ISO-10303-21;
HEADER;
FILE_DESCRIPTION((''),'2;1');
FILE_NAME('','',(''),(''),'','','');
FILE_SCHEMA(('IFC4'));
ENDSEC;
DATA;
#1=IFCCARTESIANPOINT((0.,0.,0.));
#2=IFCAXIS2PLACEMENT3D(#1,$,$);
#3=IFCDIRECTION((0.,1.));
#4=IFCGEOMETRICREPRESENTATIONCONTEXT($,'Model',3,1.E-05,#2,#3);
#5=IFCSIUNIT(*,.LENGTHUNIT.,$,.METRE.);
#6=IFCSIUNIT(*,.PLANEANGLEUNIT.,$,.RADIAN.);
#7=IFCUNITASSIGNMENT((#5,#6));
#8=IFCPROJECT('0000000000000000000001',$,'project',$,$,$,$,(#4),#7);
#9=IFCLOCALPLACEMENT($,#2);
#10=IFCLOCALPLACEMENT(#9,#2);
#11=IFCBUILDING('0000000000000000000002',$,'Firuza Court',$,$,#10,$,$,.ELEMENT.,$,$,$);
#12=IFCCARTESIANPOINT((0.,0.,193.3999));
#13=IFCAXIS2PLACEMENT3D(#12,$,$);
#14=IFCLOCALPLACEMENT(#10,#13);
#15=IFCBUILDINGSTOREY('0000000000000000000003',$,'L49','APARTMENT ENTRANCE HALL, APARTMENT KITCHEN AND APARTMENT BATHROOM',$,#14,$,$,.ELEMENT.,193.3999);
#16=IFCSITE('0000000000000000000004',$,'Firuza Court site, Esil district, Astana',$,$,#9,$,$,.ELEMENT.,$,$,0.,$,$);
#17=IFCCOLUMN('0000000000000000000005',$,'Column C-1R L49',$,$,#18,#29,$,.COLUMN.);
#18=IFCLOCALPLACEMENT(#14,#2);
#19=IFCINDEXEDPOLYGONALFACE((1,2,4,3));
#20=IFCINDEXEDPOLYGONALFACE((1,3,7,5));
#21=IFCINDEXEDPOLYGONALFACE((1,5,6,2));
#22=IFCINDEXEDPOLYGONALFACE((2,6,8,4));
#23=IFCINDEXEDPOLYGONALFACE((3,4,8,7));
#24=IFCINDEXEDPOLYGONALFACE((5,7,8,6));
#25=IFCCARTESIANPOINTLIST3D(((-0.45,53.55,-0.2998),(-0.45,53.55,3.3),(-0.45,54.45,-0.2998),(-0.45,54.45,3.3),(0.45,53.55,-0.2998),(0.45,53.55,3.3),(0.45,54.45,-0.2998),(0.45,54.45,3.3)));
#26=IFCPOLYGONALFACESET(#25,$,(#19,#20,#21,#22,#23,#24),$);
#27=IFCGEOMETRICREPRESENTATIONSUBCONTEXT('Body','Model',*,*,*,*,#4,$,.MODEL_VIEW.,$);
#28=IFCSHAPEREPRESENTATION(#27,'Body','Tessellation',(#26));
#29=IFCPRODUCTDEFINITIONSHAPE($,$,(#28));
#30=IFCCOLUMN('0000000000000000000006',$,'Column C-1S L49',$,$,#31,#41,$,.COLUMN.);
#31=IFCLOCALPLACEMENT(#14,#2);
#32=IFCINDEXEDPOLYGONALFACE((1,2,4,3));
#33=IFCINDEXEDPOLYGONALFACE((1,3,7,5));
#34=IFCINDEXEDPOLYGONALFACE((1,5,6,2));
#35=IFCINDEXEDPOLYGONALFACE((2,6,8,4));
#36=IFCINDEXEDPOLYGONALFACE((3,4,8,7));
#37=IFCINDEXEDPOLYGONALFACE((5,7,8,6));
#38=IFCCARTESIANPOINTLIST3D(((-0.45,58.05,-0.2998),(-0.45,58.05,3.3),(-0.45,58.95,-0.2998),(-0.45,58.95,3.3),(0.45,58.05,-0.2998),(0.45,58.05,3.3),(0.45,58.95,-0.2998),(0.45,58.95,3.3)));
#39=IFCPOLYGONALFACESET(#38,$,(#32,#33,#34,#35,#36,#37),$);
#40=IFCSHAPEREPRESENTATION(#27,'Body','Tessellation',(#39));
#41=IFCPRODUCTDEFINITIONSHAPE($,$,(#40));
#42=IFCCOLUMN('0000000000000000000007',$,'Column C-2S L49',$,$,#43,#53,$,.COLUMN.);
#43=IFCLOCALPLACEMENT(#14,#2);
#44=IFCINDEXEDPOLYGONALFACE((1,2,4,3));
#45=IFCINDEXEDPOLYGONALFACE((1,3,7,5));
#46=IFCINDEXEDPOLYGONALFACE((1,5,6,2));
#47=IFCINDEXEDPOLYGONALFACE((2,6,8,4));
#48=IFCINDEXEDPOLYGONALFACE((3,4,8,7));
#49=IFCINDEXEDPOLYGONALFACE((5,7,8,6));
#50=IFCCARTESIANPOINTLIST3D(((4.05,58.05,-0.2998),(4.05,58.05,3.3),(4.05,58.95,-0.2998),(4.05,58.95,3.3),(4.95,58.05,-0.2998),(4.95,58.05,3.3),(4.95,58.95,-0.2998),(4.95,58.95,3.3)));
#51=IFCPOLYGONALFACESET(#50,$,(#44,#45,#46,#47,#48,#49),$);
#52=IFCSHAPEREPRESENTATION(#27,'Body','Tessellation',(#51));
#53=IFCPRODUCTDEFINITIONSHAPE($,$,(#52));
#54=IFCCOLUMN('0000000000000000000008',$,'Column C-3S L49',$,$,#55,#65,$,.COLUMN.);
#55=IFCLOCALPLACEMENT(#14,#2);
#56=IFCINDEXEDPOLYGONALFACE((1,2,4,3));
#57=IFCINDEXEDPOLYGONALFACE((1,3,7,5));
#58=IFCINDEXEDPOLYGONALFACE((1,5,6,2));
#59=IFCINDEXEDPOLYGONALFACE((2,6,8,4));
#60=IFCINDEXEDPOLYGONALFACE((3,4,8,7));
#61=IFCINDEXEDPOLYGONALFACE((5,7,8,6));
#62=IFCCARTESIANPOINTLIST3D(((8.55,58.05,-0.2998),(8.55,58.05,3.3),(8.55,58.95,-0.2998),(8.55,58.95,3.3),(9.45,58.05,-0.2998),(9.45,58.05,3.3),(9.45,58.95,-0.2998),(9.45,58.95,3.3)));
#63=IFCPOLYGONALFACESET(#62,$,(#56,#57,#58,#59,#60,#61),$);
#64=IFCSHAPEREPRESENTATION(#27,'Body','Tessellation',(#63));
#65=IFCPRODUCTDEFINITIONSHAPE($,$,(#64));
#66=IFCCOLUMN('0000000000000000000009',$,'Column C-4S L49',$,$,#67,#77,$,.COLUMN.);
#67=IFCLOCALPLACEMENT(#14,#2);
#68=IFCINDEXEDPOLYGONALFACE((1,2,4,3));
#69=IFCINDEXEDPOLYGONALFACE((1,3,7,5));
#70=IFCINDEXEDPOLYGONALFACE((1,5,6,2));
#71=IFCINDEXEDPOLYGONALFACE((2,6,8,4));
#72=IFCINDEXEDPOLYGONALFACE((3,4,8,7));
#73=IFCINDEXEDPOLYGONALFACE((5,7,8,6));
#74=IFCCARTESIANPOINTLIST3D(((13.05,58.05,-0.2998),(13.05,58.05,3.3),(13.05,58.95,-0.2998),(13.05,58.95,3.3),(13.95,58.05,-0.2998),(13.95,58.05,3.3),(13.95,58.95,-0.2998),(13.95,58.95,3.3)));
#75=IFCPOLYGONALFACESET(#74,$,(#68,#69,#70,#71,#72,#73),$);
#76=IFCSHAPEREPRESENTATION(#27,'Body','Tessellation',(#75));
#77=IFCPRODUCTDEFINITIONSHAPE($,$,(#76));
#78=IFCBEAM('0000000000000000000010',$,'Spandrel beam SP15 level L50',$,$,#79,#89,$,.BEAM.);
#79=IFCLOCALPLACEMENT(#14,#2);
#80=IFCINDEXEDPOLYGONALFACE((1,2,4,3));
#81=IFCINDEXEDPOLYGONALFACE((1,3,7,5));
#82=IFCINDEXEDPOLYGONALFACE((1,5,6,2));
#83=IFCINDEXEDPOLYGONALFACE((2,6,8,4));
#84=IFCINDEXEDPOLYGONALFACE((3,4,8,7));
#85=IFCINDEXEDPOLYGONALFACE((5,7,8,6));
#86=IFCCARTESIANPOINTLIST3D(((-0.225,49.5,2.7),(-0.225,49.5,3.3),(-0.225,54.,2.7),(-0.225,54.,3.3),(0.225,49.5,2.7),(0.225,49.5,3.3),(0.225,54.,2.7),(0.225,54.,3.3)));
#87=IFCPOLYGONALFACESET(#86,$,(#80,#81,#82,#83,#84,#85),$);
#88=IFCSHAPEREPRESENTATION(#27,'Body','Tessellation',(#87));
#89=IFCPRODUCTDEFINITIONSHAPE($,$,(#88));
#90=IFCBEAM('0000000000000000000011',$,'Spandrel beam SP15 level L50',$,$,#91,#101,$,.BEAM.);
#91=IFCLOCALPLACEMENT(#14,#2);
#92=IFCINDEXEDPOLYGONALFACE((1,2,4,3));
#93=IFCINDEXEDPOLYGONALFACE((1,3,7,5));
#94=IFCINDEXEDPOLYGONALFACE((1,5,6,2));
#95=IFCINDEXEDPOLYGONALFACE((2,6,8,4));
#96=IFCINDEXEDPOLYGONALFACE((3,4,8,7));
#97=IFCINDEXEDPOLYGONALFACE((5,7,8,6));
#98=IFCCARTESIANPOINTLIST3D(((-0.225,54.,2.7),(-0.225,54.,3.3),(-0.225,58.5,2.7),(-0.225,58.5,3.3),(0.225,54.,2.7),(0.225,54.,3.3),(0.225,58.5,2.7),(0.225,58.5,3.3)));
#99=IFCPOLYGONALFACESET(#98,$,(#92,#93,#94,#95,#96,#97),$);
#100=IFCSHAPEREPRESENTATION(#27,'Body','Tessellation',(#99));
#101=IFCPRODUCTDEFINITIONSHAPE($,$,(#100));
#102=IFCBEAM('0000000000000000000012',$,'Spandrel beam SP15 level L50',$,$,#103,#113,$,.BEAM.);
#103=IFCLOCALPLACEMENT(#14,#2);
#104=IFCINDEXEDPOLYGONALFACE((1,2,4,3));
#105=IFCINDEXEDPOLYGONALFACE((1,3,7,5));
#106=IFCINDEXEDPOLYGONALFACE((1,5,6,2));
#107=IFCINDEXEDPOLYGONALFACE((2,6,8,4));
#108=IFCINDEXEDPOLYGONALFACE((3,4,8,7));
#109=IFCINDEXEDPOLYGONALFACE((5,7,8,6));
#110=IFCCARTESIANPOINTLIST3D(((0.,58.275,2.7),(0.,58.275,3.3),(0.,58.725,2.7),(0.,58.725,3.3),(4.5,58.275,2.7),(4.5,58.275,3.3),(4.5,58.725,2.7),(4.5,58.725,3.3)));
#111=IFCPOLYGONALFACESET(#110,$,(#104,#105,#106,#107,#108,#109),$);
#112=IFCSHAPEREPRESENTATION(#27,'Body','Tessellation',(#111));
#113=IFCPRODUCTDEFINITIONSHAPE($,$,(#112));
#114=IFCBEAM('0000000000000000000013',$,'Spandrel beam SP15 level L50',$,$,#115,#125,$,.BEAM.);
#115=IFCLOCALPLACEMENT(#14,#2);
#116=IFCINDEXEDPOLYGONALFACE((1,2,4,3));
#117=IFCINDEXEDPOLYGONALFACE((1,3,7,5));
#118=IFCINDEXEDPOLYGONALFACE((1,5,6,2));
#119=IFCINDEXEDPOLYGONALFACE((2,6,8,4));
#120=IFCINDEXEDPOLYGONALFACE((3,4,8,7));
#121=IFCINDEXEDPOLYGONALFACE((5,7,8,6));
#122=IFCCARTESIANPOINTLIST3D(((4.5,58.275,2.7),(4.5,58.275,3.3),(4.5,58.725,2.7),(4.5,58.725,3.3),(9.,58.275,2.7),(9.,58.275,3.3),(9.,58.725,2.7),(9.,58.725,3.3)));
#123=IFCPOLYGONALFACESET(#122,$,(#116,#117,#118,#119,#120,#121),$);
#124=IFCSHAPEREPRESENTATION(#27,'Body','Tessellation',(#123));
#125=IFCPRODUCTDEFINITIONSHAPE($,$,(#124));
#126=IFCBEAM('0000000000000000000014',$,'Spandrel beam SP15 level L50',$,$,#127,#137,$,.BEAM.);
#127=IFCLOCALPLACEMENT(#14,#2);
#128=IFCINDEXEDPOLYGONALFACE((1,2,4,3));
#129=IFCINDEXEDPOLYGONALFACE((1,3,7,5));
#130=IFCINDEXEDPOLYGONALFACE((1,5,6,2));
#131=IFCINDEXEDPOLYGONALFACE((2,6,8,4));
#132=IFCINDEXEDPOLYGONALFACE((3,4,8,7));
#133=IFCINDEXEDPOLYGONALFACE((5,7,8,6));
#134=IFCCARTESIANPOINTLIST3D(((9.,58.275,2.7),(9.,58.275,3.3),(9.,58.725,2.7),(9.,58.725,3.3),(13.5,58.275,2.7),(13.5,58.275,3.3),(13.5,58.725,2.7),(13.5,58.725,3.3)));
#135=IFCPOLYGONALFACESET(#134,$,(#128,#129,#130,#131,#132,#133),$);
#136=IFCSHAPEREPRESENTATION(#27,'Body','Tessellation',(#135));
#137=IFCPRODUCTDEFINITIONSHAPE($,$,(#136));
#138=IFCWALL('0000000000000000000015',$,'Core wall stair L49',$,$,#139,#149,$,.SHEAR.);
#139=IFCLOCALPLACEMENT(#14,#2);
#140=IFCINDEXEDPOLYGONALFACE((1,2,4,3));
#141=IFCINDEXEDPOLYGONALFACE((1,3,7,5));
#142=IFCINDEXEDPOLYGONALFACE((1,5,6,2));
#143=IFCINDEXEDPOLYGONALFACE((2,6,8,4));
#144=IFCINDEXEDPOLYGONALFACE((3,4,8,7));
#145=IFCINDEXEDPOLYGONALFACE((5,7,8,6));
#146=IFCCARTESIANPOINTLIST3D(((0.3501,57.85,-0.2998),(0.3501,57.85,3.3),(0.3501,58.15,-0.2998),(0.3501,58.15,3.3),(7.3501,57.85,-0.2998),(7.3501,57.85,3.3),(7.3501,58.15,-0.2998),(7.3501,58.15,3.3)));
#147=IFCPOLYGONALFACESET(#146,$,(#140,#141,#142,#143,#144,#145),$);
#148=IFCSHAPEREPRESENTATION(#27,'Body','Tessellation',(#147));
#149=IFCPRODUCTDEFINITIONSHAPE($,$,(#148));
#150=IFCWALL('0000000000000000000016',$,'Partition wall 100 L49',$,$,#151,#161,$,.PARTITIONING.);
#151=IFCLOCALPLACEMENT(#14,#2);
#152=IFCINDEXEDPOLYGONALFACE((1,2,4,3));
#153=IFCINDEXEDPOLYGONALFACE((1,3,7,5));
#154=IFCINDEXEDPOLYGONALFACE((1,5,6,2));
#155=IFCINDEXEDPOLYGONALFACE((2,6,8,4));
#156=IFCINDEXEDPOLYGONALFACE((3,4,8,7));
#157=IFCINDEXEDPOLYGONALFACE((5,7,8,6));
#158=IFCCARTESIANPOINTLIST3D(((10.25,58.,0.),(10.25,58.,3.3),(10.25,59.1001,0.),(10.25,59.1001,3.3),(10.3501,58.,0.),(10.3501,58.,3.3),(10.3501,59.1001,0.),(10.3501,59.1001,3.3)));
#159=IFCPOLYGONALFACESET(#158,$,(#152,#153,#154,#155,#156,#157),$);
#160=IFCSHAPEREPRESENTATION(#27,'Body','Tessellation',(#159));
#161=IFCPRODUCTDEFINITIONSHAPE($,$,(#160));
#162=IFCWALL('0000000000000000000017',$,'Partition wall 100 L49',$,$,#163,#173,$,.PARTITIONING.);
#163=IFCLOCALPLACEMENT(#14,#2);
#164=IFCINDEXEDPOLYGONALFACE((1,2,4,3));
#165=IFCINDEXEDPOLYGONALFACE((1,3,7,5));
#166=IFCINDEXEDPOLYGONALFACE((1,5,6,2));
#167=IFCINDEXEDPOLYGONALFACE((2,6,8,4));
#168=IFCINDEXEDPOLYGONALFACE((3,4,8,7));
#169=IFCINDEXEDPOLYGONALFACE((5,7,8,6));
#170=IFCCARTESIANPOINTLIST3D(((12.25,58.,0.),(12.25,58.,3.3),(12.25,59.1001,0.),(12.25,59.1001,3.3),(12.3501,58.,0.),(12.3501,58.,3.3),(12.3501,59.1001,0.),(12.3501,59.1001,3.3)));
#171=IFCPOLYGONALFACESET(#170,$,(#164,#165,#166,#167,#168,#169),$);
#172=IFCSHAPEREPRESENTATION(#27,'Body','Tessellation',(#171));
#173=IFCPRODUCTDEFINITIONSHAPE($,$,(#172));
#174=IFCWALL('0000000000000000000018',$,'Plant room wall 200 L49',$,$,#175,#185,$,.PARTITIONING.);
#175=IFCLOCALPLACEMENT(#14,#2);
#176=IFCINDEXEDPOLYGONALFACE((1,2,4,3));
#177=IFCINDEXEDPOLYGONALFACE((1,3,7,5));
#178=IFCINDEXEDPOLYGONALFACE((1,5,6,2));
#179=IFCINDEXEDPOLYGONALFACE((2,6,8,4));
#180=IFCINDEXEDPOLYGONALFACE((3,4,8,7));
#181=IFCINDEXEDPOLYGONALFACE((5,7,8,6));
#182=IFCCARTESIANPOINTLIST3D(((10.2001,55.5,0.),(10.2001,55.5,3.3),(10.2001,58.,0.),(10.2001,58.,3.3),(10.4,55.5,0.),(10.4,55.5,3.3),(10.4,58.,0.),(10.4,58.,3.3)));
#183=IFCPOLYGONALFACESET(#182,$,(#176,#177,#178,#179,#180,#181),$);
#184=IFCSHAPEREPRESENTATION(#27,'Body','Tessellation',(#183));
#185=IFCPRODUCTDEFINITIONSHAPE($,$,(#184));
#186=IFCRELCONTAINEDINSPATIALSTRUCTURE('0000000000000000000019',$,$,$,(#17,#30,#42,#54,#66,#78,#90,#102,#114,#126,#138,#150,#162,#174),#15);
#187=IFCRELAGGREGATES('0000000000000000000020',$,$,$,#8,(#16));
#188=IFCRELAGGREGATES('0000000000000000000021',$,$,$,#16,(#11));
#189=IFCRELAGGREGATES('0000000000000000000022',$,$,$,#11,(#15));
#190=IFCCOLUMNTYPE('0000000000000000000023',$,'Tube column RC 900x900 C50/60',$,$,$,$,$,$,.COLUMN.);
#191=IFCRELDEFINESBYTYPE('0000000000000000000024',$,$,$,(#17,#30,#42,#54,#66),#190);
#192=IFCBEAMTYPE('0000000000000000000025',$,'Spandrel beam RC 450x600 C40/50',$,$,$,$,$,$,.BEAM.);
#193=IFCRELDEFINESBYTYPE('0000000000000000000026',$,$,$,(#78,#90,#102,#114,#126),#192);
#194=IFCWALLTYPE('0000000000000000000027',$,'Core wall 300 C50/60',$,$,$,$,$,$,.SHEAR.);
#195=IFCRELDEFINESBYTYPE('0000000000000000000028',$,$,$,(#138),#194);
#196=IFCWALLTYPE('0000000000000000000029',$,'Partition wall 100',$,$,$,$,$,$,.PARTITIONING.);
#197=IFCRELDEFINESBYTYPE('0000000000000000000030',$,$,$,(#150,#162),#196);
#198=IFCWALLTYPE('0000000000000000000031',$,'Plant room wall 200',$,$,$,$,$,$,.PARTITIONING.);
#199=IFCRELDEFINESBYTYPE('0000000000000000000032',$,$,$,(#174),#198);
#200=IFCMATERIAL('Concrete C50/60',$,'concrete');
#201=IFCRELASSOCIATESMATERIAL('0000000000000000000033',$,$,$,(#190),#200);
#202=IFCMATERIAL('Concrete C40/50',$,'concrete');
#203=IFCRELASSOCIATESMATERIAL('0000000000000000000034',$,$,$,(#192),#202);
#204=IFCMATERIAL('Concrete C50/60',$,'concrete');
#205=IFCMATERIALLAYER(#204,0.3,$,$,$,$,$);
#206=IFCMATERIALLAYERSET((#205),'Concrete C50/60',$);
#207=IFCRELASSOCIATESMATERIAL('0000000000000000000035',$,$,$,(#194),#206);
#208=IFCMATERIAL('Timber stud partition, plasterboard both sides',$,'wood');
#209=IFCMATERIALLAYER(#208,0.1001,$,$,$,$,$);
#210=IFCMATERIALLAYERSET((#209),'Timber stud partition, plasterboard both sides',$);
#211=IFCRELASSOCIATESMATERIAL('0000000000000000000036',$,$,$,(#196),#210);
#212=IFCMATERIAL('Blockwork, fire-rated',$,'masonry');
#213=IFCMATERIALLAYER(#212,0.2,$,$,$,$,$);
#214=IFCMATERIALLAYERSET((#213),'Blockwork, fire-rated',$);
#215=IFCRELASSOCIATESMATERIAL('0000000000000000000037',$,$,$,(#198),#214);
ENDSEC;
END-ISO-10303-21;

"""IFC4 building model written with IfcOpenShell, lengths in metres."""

from ifc_helpers import new_model, si_unit, direction, frame, frame_2d, origin, origin_2d, place, context, subcontext, project, spatial, rectangle, extrude, material, layer, layer_set, material_profile, profile_set, type_object, element, save


model = new_model("IFC4")

# Units and contexts
model_context = context("Model", 3, precision=1e-05, world=origin(), true_north=direction((0.0, 1.0)))
body_context = subcontext(model_context, "Body", "Model", "MODEL_VIEW")
ifc_project = project(units=[si_unit("LENGTHUNIT", "METRE"), si_unit("PLANEANGLEUNIT", "RADIAN")], contexts=[model_context])

# Site, building, storey
site_placement = place(None, origin())
site = spatial("IfcSite", under=ifc_project, at=site_placement, Name="Firuza Court site, Esil district, Astana", CompositionType="ELEMENT", RefElevation=0.0)
building_placement = place(site_placement, origin())
building = spatial("IfcBuilding", under=site, at=building_placement, Name="Firuza Court", CompositionType="ELEMENT")
storey_placement = place(building_placement, frame((0.0, 0.0, 193.3999)))
storey = spatial("IfcBuildingStorey", under=building, at=storey_placement, Name="L49", Description="APARTMENT ENTRANCE HALL, APARTMENT KITCHEN AND APARTMENT BATHROOM", CompositionType="ELEMENT", Elevation=193.3999)

# Columns
ifc_material_1 = material(Name="Concrete C50/60", Category="concrete")
ifc_material_profile_1 = material_profile(ifc_material_1, rectangle(XDim=0.8999, YDim=0.8999, at=origin_2d()), Name="RC 900x900")
ifc_profile_set_1 = profile_set([ifc_material_profile_1], Name="Concrete C50/60")
column_type = type_object("IfcColumnType", Name="Tube column RC 900x900 C50/60", PredefinedType="COLUMN", material=ifc_profile_set_1)
for number, where, z_axis, x_axis, name in (
    (1, (0.0, 54.0, -0.2998), (0.0, 0.0, 1.0), (1.0, 0.0, 0.0), "Column C-1R L49"),
    (2, (0.0, 58.5, -0.2998), (0.0, 0.0, 1.0), (1.0, 0.0, 0.0), "Column C-1S L49"),
    (3, (4.5, 58.5, -0.2998), (0.0, 0.0, 1.0), (1.0, 0.0, 0.0), "Column C-2S L49"),
    (4, (9.0, 58.5, -0.2998), (0.0, 0.0, 1.0), (1.0, 0.0, 0.0), "Column C-3S L49"),
    (5, (13.5, 58.5, -0.2998), (0.0, 0.0, 1.0), (1.0, 0.0, 0.0), "Column C-4S L49"),
):
    element("IfcColumn", number, at=place(storey_placement, frame(where, z_axis=z_axis, x_axis=x_axis)), inside=storey, type_object=column_type, Name=name, PredefinedType="COLUMN", context=body_context, shape_type="SweptSolid", body=[
        extrude(rectangle(XDim=0.8999, YDim=0.8999, at=origin_2d()), origin(), (0.0, 0.0, 1.0), 3.5999),
    ])

# Beams
ifc_material_2 = material(Name="Concrete C40/50", Category="concrete")
ifc_material_profile_2 = material_profile(ifc_material_2, rectangle(XDim=0.45, YDim=0.6001, at=origin_2d()), Name="RC 450x600")
ifc_profile_set_2 = profile_set([ifc_material_profile_2], Name="Concrete C40/50")
beam_type = type_object("IfcBeamType", Name="Spandrel beam RC 450x600 C40/50", PredefinedType="BEAM", material=ifc_profile_set_2)
for number, where, z_axis, x_axis, name in (
    (6, (0.0, 54.0, 3.0), (0.0, -1.0, 0.0), (1.0, 0.0, 0.0), "Spandrel beam SP15 level L50"),
    (7, (0.0, 58.5, 3.0), (0.0, -1.0, 0.0), (1.0, 0.0, 0.0), "Spandrel beam SP15 level L50"),
    (8, (4.5, 58.5, 3.0), (-1.0, 0.0, 0.0), (0.0, -1.0, 0.0), "Spandrel beam SP15 level L50"),
    (9, (9.0, 58.5, 3.0), (-1.0, 0.0, 0.0), (0.0, -1.0, 0.0), "Spandrel beam SP15 level L50"),
    (10, (13.5, 58.5, 3.0), (-1.0, 0.0, 0.0), (0.0, -1.0, 0.0), "Spandrel beam SP15 level L50"),
):
    element("IfcBeam", number, at=place(storey_placement, frame(where, z_axis=z_axis, x_axis=x_axis)), inside=storey, type_object=beam_type, Name=name, PredefinedType="BEAM", context=body_context, shape_type="SweptSolid", body=[
        extrude(rectangle(XDim=0.45, YDim=0.6001, at=origin_2d()), origin(), (0.0, 0.0, 1.0), 4.5),
    ])

# Walls
ifc_material_3 = material(Name="Concrete C50/60", Category="concrete")
ifc_layer_1 = layer(ifc_material_3, 0.3)
ifc_layer_set_1 = layer_set([ifc_layer_1], Name="Concrete C50/60")
wall_type_1 = type_object("IfcWallType", Name="Core wall 300 C50/60", PredefinedType="SHEAR", material=ifc_layer_set_1)
wall_1_placement = place(storey_placement, frame((0.3501, 58.0, -0.2998), z_axis=(0.0, 0.0, 1.0), x_axis=(1.0, 0.0, 0.0)))
element("IfcWall", 11, at=wall_1_placement, inside=storey, type_object=wall_type_1, Name="Core wall stair L49", PredefinedType="SHEAR", context=body_context, shape_type="SweptSolid", body=[
    extrude(rectangle(XDim=7.0, YDim=0.3, at=frame_2d((3.5, 0.0))), origin(), (0.0, 0.0, 1.0), 3.5999),
])
ifc_material_4 = material(Name="Timber stud partition, plasterboard both sides", Category="wood")
ifc_layer_2 = layer(ifc_material_4, 0.1001)
ifc_layer_set_2 = layer_set([ifc_layer_2], Name="Timber stud partition, plasterboard both sides")
wall_type_2 = type_object("IfcWallType", Name="Partition wall 100", PredefinedType="PARTITIONING", material=ifc_layer_set_2)
for number, where, z_axis, x_axis, name in (
    (12, (10.3, 58.0, 0.0), (0.0, 0.0, 1.0), (0.0, 1.0, 0.0), "Partition wall 100 L49"),
    (13, (12.3, 58.0, 0.0), (0.0, 0.0, 1.0), (0.0, 1.0, 0.0), "Partition wall 100 L49"),
):
    element("IfcWall", number, at=place(storey_placement, frame(where, z_axis=z_axis, x_axis=x_axis)), inside=storey, type_object=wall_type_2, Name=name, PredefinedType="PARTITIONING", context=body_context, shape_type="SweptSolid", body=[
        extrude(rectangle(XDim=1.1001, YDim=0.1001, at=frame_2d((0.55, 0.0))), origin(), (0.0, 0.0, 1.0), 3.3),
    ])
ifc_material_5 = material(Name="Blockwork, fire-rated", Category="masonry")
ifc_layer_3 = layer(ifc_material_5, 0.2)
ifc_layer_set_3 = layer_set([ifc_layer_3], Name="Blockwork, fire-rated")
wall_type_3 = type_object("IfcWallType", Name="Plant room wall 200", PredefinedType="PARTITIONING", material=ifc_layer_set_3)
wall_2_placement = place(storey_placement, frame((10.3, 55.5, 0.0), z_axis=(0.0, 0.0, 1.0), x_axis=(0.0, 1.0, 0.0)))
element("IfcWall", 14, at=wall_2_placement, inside=storey, type_object=wall_type_3, Name="Plant room wall 200 L49", PredefinedType="PARTITIONING", context=body_context, shape_type="SweptSolid", body=[
    extrude(rectangle(XDim=2.5, YDim=0.2, at=frame_2d((1.25, 0.0))), origin(), (0.0, 0.0, 1.0), 3.3),
])

save(model, "model.ifc")
